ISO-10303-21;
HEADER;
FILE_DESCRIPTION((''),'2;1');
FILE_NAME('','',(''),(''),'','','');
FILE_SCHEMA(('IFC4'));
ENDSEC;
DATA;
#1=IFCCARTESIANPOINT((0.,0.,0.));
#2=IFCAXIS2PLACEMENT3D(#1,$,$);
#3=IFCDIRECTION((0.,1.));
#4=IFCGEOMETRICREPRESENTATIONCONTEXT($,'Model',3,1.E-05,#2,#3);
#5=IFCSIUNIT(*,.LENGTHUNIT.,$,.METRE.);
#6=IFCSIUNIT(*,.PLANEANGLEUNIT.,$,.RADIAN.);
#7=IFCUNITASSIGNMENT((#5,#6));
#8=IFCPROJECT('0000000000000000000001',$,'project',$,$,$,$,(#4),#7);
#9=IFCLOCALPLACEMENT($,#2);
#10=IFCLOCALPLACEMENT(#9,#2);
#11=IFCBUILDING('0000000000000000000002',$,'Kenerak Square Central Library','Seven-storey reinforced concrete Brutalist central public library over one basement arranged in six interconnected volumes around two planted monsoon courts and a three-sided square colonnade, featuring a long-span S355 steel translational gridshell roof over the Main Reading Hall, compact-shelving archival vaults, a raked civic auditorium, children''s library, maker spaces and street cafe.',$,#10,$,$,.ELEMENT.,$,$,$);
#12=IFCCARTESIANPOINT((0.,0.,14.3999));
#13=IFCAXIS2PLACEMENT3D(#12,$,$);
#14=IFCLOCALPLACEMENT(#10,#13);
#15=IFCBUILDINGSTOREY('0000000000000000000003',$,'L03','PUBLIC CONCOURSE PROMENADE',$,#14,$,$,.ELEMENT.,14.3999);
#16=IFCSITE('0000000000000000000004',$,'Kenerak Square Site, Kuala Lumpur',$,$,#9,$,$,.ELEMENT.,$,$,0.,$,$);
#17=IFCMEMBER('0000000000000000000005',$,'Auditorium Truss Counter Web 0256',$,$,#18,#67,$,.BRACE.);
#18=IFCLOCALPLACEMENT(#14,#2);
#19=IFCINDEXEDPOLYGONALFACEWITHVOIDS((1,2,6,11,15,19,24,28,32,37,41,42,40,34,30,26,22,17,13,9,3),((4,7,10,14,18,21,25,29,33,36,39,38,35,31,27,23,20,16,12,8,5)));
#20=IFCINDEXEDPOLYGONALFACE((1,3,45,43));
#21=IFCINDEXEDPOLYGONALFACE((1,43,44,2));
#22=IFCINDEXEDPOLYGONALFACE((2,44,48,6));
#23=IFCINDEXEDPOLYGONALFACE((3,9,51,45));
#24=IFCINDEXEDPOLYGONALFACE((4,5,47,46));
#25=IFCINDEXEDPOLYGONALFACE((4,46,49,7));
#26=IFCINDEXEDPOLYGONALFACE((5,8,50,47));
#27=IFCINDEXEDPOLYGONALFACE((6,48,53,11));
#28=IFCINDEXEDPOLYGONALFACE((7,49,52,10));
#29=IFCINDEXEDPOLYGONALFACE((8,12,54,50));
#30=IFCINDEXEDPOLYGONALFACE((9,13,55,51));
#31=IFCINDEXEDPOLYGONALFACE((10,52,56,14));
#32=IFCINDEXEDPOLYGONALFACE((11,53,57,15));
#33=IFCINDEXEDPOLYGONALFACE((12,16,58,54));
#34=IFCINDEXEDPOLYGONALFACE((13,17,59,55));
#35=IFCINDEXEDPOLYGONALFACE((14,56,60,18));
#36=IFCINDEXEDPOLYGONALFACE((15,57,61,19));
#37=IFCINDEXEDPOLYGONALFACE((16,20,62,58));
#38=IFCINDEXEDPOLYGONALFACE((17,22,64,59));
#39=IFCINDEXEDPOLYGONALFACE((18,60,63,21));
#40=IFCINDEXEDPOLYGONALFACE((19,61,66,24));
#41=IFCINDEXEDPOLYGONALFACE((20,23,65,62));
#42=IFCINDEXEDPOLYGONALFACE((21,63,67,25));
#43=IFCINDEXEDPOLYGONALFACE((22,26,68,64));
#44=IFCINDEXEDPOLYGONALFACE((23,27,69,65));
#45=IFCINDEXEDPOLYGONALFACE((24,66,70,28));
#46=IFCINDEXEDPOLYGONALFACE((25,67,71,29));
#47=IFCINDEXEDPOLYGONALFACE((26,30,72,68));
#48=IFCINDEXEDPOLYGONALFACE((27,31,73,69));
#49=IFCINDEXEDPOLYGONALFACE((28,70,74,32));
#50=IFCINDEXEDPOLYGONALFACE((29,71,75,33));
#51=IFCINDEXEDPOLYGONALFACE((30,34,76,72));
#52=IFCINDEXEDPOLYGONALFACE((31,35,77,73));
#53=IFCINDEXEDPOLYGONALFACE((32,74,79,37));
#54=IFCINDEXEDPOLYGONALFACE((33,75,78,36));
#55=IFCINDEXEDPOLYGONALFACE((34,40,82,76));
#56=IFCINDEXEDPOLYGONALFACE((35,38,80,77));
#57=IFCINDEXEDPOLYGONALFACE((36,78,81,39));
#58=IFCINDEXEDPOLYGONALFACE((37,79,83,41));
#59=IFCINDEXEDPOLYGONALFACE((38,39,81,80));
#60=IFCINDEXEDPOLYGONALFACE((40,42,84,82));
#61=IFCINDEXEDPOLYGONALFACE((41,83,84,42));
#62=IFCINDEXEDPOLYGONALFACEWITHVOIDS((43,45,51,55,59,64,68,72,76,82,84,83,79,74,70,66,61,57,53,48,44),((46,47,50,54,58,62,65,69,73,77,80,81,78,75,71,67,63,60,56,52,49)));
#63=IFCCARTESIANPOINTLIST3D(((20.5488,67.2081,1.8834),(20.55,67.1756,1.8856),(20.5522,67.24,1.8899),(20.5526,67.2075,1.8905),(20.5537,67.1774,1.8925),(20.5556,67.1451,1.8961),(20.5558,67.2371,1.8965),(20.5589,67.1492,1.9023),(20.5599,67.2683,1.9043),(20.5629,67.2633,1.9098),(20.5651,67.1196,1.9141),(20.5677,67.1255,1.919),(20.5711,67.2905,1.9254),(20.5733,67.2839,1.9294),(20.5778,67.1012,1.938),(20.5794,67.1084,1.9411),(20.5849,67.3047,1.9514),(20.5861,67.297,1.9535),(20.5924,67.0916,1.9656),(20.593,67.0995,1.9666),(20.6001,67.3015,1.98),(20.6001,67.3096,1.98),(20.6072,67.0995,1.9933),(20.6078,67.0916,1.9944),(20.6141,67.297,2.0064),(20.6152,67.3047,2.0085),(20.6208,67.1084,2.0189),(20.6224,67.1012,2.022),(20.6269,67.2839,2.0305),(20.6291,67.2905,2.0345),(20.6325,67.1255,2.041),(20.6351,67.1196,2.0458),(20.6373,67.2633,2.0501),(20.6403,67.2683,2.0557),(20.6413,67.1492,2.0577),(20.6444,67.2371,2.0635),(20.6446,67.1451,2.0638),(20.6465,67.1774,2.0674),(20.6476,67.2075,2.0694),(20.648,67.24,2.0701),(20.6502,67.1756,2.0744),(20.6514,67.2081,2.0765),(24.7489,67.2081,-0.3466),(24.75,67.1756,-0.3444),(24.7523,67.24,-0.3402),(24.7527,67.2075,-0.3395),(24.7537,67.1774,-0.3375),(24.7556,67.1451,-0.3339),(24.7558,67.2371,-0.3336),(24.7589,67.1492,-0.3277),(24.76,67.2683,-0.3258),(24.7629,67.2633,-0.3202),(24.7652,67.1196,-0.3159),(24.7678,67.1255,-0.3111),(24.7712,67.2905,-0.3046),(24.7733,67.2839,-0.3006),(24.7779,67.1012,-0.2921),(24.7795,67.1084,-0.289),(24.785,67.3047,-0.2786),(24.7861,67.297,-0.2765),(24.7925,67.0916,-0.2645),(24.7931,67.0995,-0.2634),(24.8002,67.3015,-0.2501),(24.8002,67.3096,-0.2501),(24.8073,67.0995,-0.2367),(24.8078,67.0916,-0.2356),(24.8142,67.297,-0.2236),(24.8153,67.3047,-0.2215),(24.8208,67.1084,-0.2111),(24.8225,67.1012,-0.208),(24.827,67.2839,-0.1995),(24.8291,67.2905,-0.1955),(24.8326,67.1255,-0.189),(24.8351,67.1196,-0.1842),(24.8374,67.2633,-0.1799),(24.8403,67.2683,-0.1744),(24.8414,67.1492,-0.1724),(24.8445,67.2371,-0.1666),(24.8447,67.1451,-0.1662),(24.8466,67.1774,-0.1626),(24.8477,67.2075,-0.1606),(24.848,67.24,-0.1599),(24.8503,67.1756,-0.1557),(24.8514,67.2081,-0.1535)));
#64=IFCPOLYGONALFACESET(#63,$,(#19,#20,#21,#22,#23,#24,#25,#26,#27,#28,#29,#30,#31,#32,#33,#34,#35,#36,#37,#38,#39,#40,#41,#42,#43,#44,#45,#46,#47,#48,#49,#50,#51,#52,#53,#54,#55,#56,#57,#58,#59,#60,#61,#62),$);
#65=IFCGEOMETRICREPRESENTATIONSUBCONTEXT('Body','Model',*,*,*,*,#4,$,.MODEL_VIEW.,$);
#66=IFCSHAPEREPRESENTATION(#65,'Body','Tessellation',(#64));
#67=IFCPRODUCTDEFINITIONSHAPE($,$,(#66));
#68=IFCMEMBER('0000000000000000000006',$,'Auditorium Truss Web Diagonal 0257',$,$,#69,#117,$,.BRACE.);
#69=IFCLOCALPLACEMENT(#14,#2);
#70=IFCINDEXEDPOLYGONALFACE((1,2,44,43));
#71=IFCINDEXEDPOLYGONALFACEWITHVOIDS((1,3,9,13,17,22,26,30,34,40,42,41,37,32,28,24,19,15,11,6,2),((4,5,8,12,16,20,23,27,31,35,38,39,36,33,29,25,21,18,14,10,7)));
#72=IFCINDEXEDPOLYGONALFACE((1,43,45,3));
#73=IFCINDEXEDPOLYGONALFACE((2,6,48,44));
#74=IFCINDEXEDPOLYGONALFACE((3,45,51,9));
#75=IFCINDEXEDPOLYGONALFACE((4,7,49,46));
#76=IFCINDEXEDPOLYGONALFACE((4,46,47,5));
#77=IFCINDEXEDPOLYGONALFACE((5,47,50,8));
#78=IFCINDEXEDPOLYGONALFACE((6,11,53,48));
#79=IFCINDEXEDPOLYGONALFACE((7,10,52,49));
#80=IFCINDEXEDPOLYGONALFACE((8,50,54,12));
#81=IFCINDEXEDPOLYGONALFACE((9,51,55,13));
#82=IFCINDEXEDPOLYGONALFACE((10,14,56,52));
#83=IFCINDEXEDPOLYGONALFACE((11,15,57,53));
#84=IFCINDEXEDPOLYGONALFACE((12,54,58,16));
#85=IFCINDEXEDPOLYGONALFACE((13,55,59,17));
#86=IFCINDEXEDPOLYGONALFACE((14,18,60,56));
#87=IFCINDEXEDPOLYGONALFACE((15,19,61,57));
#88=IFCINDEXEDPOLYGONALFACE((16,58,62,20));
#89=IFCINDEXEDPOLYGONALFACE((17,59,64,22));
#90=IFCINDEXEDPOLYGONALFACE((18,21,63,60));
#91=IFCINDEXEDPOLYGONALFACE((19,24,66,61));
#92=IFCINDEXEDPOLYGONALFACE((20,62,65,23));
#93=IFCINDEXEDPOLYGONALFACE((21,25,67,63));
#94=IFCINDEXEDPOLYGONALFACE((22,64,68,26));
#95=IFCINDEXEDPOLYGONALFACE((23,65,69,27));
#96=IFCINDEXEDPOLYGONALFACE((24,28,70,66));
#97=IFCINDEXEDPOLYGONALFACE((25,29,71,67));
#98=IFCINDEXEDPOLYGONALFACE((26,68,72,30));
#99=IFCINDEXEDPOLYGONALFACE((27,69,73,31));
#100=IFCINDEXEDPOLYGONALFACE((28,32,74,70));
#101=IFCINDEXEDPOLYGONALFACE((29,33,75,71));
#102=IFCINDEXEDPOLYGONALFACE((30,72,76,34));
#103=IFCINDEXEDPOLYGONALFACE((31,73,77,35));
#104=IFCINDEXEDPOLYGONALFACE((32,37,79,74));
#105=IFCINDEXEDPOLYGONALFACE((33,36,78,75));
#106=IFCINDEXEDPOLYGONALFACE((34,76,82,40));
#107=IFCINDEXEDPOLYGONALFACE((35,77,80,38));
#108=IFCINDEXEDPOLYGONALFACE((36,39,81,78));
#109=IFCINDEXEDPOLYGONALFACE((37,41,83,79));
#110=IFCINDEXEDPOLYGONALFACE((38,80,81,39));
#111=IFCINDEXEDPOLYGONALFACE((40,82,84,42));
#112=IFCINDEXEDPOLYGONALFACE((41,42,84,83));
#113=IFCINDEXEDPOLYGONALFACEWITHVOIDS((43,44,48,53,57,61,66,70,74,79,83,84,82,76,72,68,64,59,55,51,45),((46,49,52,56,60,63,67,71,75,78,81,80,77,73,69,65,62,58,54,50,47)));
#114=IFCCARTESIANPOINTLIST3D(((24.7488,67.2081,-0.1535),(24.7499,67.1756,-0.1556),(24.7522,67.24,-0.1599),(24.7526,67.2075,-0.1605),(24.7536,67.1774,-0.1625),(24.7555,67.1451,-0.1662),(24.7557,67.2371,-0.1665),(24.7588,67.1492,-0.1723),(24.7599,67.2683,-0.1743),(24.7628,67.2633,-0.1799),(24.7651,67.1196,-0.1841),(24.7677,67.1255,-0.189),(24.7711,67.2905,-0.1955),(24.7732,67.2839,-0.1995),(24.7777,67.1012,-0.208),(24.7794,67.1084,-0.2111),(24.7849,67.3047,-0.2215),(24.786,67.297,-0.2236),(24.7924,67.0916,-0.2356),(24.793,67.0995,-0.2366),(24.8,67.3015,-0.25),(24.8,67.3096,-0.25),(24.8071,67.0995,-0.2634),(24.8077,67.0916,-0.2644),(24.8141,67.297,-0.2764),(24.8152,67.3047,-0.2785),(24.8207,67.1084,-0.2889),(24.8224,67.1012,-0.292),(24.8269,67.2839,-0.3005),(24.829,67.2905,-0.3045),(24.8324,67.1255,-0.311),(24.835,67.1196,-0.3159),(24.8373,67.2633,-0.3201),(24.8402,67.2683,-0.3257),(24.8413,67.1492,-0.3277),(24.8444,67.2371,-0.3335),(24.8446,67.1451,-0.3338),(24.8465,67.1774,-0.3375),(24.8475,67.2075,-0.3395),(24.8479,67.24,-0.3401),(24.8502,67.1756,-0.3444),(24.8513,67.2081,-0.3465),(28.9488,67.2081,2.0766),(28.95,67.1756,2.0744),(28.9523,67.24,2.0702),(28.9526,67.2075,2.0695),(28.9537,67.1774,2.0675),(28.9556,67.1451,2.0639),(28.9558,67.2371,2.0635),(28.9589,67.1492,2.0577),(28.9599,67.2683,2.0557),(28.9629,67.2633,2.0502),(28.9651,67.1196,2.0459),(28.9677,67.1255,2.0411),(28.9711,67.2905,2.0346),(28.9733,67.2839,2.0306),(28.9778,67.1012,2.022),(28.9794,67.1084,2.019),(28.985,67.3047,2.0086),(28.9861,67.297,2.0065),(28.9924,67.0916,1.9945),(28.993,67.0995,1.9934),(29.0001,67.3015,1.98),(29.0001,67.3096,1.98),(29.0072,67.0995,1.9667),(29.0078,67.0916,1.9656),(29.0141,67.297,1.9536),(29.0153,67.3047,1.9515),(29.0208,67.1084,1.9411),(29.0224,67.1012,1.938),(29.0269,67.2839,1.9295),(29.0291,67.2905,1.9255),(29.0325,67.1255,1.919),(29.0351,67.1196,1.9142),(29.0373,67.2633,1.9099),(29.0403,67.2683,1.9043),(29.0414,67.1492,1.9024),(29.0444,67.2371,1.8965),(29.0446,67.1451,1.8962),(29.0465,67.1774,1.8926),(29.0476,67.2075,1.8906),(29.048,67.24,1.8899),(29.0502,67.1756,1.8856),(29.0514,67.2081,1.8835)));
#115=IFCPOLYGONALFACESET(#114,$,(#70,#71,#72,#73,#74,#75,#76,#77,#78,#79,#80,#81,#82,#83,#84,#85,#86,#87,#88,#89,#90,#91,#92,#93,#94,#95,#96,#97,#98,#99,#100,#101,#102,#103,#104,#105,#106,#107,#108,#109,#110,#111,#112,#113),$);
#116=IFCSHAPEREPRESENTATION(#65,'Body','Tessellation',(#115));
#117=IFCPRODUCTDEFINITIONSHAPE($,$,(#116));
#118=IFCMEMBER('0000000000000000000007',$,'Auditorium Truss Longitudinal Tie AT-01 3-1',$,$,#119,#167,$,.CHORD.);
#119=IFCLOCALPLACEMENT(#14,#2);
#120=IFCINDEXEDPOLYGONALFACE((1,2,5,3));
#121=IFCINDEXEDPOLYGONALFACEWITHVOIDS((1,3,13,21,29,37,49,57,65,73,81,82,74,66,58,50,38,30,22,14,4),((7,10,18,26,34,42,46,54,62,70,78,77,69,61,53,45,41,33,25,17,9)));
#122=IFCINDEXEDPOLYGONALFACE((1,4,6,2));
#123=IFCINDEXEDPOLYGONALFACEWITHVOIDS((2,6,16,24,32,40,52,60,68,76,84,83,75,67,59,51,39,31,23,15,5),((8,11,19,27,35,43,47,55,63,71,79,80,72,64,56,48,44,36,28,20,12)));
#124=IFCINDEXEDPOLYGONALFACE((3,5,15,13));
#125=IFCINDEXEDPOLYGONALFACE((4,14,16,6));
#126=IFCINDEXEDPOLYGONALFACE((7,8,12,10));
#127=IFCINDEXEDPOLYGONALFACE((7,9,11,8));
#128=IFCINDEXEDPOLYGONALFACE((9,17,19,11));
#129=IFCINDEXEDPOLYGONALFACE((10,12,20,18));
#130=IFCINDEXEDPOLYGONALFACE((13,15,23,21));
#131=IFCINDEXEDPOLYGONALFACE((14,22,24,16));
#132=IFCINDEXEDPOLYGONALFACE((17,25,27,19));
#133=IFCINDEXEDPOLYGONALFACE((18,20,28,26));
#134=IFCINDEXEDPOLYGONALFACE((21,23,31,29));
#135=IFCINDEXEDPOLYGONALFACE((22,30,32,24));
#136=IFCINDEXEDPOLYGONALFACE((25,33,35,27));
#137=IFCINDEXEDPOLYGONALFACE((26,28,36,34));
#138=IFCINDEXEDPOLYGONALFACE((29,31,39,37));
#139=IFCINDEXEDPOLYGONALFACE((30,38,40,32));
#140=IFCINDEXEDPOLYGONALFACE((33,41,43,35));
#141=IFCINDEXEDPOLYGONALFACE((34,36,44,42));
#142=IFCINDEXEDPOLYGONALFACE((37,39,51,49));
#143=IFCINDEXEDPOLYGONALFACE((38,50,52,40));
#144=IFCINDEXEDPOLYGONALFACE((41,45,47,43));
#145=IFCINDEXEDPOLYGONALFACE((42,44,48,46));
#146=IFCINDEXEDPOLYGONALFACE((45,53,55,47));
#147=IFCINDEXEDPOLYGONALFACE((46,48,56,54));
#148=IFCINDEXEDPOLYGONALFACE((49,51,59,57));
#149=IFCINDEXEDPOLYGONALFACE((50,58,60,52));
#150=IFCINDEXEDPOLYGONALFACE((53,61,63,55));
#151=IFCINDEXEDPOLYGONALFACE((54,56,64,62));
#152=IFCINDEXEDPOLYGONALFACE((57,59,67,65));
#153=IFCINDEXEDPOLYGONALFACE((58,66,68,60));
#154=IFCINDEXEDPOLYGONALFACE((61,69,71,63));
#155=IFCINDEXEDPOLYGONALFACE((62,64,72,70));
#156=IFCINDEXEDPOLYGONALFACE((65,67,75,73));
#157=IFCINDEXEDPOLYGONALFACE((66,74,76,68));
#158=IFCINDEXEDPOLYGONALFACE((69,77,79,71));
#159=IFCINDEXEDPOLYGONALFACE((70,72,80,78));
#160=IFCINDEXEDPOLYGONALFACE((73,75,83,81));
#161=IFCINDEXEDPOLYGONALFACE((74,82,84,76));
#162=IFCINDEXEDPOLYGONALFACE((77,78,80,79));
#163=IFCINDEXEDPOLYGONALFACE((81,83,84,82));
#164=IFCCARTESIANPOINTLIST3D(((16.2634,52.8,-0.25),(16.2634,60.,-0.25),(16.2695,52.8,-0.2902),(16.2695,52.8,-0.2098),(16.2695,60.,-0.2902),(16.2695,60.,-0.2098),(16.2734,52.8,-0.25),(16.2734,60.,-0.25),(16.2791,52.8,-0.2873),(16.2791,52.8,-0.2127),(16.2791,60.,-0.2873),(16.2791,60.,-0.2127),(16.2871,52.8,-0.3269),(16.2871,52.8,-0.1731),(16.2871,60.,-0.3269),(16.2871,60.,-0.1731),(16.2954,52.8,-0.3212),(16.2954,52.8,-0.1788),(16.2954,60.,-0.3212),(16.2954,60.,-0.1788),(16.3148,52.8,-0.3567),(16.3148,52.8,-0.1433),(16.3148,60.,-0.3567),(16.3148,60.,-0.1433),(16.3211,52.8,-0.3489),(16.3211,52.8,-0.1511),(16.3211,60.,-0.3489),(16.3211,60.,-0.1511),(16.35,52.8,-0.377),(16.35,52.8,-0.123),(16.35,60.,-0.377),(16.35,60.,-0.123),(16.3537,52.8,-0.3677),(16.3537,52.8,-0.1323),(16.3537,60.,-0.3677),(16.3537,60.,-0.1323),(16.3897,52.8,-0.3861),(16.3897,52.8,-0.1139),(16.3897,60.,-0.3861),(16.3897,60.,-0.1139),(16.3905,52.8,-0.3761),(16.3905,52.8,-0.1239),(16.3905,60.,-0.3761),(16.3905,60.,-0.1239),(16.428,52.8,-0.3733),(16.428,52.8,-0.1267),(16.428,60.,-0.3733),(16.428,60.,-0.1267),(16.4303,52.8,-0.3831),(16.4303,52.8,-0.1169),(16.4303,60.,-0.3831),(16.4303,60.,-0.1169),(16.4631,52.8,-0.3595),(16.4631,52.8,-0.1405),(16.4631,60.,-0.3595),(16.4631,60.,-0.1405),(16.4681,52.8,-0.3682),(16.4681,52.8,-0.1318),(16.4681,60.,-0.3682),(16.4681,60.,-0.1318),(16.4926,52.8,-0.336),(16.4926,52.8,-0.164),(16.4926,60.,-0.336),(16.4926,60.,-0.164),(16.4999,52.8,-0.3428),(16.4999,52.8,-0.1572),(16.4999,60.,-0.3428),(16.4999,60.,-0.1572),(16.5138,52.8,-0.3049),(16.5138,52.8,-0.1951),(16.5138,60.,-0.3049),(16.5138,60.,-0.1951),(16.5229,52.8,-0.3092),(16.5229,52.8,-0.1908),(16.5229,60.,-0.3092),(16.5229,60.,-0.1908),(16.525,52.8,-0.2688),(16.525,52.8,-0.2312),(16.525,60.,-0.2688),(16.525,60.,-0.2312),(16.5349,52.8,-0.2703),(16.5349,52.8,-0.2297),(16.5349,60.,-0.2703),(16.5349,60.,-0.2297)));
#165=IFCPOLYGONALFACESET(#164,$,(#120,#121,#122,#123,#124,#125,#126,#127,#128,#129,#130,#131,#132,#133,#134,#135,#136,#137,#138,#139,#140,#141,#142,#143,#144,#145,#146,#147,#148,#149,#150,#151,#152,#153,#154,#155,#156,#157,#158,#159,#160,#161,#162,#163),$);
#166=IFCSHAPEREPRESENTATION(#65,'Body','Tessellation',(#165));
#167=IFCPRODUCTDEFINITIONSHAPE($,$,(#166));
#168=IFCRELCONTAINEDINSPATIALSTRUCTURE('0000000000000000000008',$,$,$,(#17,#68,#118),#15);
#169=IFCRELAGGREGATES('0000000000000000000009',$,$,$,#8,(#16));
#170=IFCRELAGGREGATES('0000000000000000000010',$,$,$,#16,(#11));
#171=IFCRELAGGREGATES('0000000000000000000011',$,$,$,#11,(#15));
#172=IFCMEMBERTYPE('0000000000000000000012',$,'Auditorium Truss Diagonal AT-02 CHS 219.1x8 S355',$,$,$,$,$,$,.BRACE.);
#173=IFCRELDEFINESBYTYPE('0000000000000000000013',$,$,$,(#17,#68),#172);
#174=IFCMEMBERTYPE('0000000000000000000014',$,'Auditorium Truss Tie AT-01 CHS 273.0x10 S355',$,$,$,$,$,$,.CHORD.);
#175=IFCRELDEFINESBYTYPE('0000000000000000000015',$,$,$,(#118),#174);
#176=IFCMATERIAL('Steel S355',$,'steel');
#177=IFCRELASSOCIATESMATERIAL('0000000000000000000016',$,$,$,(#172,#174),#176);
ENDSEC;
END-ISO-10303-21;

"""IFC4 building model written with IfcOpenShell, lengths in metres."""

from ifc_helpers import new_model, si_unit, direction, frame, origin, origin_2d, place, context, subcontext, project, spatial, hollow_circle, extrude, material, material_profile, profile_set, type_object, element, save


model = new_model("IFC4")

# Units and contexts
model_context = context("Model", 3, precision=1e-05, world=origin(), true_north=direction((0.0, 1.0)))
body_context = subcontext(model_context, "Body", "Model", "MODEL_VIEW")
ifc_project = project(units=[si_unit("LENGTHUNIT", "METRE"), si_unit("PLANEANGLEUNIT", "RADIAN")], contexts=[model_context])

# Site, building, storey
site_placement = place(None, origin())
site = spatial("IfcSite", under=ifc_project, at=site_placement, Name="Kenerak Square Site, Kuala Lumpur", CompositionType="ELEMENT", RefElevation=0.0)
building_placement = place(site_placement, origin())
building = spatial("IfcBuilding", under=site, at=building_placement, Name="Kenerak Square Central Library", Description="Seven-storey reinforced concrete Brutalist central public library over one basement arranged in six interconnected volumes around two planted monsoon courts and a three-sided square colonnade, featuring a long-span S355 steel translational gridshell roof over the Main Reading Hall, compact-shelving archival vaults, a raked civic auditorium, children's library, maker spaces and street cafe.", CompositionType="ELEMENT")
storey_placement = place(building_placement, frame((0.0, 0.0, 14.3999)))
storey = spatial("IfcBuildingStorey", under=building, at=storey_placement, Name="L03", Description="PUBLIC CONCOURSE PROMENADE", CompositionType="ELEMENT", Elevation=14.3999)

# Members
ifc_material_1 = material(Name="Steel S355", Category="steel")
ifc_material_profile_1 = material_profile(ifc_material_1, hollow_circle(Radius=0.1096, WallThickness=0.0081, at=origin_2d()), Name="CHS 219.1x8.0")
ifc_profile_set_1 = profile_set([ifc_material_profile_1], Name="Steel S355")
member_type_1 = type_object("IfcMemberType", Name="Auditorium Truss Diagonal AT-02 CHS 219.1x8 S355", PredefinedType="BRACE", material=ifc_profile_set_1)
for number, where, z_axis, x_axis, name in (
    (1, (20.6001, 67.2, 1.98), (0.883224, 0.0, -0.468951), (0.0, 1.0, 0.0), "Auditorium Truss Counter Web 0256"),
    (2, (24.8, 67.2, -0.25), (0.883224, 0.0, 0.468951), (0.0, 1.0, 0.0), "Auditorium Truss Web Diagonal 0257"),
):
    element("IfcMember", number, at=place(storey_placement, frame(where, z_axis=z_axis, x_axis=x_axis)), inside=storey, type_object=member_type_1, Name=name, PredefinedType="BRACE", context=body_context, shape_type="SweptSolid", body=[
        extrude(hollow_circle(Radius=0.1096, WallThickness=0.0081, at=origin_2d()), origin(), (0.0, 0.0, 1.0), 4.7554),
    ])
ifc_material_profile_2 = material_profile(ifc_material_1, hollow_circle(Radius=0.1365, WallThickness=0.01, at=origin_2d()), Name="CHS 273.0x10.0")
ifc_profile_set_2 = profile_set([ifc_material_profile_2], Name="Steel S355")
member_type_2 = type_object("IfcMemberType", Name="Auditorium Truss Tie AT-01 CHS 273.0x10 S355", PredefinedType="CHORD", material=ifc_profile_set_2)
for number, where, z_axis, x_axis, name in (
    (3, (16.3999, 52.8, -0.25), (0.0, 1.0, 0.0), (-1.0, 0.0, 0.0), "Auditorium Truss Longitudinal Tie AT-01 3-1"),
):
    element("IfcMember", number, at=place(storey_placement, frame(where, z_axis=z_axis, x_axis=x_axis)), inside=storey, type_object=member_type_2, Name=name, PredefinedType="CHORD", context=body_context, shape_type="SweptSolid", body=[
        extrude(hollow_circle(Radius=0.1365, WallThickness=0.01, at=origin_2d()), origin(), (0.0, 0.0, 1.0), 7.2),
    ])

save(model, "model.ifc")
